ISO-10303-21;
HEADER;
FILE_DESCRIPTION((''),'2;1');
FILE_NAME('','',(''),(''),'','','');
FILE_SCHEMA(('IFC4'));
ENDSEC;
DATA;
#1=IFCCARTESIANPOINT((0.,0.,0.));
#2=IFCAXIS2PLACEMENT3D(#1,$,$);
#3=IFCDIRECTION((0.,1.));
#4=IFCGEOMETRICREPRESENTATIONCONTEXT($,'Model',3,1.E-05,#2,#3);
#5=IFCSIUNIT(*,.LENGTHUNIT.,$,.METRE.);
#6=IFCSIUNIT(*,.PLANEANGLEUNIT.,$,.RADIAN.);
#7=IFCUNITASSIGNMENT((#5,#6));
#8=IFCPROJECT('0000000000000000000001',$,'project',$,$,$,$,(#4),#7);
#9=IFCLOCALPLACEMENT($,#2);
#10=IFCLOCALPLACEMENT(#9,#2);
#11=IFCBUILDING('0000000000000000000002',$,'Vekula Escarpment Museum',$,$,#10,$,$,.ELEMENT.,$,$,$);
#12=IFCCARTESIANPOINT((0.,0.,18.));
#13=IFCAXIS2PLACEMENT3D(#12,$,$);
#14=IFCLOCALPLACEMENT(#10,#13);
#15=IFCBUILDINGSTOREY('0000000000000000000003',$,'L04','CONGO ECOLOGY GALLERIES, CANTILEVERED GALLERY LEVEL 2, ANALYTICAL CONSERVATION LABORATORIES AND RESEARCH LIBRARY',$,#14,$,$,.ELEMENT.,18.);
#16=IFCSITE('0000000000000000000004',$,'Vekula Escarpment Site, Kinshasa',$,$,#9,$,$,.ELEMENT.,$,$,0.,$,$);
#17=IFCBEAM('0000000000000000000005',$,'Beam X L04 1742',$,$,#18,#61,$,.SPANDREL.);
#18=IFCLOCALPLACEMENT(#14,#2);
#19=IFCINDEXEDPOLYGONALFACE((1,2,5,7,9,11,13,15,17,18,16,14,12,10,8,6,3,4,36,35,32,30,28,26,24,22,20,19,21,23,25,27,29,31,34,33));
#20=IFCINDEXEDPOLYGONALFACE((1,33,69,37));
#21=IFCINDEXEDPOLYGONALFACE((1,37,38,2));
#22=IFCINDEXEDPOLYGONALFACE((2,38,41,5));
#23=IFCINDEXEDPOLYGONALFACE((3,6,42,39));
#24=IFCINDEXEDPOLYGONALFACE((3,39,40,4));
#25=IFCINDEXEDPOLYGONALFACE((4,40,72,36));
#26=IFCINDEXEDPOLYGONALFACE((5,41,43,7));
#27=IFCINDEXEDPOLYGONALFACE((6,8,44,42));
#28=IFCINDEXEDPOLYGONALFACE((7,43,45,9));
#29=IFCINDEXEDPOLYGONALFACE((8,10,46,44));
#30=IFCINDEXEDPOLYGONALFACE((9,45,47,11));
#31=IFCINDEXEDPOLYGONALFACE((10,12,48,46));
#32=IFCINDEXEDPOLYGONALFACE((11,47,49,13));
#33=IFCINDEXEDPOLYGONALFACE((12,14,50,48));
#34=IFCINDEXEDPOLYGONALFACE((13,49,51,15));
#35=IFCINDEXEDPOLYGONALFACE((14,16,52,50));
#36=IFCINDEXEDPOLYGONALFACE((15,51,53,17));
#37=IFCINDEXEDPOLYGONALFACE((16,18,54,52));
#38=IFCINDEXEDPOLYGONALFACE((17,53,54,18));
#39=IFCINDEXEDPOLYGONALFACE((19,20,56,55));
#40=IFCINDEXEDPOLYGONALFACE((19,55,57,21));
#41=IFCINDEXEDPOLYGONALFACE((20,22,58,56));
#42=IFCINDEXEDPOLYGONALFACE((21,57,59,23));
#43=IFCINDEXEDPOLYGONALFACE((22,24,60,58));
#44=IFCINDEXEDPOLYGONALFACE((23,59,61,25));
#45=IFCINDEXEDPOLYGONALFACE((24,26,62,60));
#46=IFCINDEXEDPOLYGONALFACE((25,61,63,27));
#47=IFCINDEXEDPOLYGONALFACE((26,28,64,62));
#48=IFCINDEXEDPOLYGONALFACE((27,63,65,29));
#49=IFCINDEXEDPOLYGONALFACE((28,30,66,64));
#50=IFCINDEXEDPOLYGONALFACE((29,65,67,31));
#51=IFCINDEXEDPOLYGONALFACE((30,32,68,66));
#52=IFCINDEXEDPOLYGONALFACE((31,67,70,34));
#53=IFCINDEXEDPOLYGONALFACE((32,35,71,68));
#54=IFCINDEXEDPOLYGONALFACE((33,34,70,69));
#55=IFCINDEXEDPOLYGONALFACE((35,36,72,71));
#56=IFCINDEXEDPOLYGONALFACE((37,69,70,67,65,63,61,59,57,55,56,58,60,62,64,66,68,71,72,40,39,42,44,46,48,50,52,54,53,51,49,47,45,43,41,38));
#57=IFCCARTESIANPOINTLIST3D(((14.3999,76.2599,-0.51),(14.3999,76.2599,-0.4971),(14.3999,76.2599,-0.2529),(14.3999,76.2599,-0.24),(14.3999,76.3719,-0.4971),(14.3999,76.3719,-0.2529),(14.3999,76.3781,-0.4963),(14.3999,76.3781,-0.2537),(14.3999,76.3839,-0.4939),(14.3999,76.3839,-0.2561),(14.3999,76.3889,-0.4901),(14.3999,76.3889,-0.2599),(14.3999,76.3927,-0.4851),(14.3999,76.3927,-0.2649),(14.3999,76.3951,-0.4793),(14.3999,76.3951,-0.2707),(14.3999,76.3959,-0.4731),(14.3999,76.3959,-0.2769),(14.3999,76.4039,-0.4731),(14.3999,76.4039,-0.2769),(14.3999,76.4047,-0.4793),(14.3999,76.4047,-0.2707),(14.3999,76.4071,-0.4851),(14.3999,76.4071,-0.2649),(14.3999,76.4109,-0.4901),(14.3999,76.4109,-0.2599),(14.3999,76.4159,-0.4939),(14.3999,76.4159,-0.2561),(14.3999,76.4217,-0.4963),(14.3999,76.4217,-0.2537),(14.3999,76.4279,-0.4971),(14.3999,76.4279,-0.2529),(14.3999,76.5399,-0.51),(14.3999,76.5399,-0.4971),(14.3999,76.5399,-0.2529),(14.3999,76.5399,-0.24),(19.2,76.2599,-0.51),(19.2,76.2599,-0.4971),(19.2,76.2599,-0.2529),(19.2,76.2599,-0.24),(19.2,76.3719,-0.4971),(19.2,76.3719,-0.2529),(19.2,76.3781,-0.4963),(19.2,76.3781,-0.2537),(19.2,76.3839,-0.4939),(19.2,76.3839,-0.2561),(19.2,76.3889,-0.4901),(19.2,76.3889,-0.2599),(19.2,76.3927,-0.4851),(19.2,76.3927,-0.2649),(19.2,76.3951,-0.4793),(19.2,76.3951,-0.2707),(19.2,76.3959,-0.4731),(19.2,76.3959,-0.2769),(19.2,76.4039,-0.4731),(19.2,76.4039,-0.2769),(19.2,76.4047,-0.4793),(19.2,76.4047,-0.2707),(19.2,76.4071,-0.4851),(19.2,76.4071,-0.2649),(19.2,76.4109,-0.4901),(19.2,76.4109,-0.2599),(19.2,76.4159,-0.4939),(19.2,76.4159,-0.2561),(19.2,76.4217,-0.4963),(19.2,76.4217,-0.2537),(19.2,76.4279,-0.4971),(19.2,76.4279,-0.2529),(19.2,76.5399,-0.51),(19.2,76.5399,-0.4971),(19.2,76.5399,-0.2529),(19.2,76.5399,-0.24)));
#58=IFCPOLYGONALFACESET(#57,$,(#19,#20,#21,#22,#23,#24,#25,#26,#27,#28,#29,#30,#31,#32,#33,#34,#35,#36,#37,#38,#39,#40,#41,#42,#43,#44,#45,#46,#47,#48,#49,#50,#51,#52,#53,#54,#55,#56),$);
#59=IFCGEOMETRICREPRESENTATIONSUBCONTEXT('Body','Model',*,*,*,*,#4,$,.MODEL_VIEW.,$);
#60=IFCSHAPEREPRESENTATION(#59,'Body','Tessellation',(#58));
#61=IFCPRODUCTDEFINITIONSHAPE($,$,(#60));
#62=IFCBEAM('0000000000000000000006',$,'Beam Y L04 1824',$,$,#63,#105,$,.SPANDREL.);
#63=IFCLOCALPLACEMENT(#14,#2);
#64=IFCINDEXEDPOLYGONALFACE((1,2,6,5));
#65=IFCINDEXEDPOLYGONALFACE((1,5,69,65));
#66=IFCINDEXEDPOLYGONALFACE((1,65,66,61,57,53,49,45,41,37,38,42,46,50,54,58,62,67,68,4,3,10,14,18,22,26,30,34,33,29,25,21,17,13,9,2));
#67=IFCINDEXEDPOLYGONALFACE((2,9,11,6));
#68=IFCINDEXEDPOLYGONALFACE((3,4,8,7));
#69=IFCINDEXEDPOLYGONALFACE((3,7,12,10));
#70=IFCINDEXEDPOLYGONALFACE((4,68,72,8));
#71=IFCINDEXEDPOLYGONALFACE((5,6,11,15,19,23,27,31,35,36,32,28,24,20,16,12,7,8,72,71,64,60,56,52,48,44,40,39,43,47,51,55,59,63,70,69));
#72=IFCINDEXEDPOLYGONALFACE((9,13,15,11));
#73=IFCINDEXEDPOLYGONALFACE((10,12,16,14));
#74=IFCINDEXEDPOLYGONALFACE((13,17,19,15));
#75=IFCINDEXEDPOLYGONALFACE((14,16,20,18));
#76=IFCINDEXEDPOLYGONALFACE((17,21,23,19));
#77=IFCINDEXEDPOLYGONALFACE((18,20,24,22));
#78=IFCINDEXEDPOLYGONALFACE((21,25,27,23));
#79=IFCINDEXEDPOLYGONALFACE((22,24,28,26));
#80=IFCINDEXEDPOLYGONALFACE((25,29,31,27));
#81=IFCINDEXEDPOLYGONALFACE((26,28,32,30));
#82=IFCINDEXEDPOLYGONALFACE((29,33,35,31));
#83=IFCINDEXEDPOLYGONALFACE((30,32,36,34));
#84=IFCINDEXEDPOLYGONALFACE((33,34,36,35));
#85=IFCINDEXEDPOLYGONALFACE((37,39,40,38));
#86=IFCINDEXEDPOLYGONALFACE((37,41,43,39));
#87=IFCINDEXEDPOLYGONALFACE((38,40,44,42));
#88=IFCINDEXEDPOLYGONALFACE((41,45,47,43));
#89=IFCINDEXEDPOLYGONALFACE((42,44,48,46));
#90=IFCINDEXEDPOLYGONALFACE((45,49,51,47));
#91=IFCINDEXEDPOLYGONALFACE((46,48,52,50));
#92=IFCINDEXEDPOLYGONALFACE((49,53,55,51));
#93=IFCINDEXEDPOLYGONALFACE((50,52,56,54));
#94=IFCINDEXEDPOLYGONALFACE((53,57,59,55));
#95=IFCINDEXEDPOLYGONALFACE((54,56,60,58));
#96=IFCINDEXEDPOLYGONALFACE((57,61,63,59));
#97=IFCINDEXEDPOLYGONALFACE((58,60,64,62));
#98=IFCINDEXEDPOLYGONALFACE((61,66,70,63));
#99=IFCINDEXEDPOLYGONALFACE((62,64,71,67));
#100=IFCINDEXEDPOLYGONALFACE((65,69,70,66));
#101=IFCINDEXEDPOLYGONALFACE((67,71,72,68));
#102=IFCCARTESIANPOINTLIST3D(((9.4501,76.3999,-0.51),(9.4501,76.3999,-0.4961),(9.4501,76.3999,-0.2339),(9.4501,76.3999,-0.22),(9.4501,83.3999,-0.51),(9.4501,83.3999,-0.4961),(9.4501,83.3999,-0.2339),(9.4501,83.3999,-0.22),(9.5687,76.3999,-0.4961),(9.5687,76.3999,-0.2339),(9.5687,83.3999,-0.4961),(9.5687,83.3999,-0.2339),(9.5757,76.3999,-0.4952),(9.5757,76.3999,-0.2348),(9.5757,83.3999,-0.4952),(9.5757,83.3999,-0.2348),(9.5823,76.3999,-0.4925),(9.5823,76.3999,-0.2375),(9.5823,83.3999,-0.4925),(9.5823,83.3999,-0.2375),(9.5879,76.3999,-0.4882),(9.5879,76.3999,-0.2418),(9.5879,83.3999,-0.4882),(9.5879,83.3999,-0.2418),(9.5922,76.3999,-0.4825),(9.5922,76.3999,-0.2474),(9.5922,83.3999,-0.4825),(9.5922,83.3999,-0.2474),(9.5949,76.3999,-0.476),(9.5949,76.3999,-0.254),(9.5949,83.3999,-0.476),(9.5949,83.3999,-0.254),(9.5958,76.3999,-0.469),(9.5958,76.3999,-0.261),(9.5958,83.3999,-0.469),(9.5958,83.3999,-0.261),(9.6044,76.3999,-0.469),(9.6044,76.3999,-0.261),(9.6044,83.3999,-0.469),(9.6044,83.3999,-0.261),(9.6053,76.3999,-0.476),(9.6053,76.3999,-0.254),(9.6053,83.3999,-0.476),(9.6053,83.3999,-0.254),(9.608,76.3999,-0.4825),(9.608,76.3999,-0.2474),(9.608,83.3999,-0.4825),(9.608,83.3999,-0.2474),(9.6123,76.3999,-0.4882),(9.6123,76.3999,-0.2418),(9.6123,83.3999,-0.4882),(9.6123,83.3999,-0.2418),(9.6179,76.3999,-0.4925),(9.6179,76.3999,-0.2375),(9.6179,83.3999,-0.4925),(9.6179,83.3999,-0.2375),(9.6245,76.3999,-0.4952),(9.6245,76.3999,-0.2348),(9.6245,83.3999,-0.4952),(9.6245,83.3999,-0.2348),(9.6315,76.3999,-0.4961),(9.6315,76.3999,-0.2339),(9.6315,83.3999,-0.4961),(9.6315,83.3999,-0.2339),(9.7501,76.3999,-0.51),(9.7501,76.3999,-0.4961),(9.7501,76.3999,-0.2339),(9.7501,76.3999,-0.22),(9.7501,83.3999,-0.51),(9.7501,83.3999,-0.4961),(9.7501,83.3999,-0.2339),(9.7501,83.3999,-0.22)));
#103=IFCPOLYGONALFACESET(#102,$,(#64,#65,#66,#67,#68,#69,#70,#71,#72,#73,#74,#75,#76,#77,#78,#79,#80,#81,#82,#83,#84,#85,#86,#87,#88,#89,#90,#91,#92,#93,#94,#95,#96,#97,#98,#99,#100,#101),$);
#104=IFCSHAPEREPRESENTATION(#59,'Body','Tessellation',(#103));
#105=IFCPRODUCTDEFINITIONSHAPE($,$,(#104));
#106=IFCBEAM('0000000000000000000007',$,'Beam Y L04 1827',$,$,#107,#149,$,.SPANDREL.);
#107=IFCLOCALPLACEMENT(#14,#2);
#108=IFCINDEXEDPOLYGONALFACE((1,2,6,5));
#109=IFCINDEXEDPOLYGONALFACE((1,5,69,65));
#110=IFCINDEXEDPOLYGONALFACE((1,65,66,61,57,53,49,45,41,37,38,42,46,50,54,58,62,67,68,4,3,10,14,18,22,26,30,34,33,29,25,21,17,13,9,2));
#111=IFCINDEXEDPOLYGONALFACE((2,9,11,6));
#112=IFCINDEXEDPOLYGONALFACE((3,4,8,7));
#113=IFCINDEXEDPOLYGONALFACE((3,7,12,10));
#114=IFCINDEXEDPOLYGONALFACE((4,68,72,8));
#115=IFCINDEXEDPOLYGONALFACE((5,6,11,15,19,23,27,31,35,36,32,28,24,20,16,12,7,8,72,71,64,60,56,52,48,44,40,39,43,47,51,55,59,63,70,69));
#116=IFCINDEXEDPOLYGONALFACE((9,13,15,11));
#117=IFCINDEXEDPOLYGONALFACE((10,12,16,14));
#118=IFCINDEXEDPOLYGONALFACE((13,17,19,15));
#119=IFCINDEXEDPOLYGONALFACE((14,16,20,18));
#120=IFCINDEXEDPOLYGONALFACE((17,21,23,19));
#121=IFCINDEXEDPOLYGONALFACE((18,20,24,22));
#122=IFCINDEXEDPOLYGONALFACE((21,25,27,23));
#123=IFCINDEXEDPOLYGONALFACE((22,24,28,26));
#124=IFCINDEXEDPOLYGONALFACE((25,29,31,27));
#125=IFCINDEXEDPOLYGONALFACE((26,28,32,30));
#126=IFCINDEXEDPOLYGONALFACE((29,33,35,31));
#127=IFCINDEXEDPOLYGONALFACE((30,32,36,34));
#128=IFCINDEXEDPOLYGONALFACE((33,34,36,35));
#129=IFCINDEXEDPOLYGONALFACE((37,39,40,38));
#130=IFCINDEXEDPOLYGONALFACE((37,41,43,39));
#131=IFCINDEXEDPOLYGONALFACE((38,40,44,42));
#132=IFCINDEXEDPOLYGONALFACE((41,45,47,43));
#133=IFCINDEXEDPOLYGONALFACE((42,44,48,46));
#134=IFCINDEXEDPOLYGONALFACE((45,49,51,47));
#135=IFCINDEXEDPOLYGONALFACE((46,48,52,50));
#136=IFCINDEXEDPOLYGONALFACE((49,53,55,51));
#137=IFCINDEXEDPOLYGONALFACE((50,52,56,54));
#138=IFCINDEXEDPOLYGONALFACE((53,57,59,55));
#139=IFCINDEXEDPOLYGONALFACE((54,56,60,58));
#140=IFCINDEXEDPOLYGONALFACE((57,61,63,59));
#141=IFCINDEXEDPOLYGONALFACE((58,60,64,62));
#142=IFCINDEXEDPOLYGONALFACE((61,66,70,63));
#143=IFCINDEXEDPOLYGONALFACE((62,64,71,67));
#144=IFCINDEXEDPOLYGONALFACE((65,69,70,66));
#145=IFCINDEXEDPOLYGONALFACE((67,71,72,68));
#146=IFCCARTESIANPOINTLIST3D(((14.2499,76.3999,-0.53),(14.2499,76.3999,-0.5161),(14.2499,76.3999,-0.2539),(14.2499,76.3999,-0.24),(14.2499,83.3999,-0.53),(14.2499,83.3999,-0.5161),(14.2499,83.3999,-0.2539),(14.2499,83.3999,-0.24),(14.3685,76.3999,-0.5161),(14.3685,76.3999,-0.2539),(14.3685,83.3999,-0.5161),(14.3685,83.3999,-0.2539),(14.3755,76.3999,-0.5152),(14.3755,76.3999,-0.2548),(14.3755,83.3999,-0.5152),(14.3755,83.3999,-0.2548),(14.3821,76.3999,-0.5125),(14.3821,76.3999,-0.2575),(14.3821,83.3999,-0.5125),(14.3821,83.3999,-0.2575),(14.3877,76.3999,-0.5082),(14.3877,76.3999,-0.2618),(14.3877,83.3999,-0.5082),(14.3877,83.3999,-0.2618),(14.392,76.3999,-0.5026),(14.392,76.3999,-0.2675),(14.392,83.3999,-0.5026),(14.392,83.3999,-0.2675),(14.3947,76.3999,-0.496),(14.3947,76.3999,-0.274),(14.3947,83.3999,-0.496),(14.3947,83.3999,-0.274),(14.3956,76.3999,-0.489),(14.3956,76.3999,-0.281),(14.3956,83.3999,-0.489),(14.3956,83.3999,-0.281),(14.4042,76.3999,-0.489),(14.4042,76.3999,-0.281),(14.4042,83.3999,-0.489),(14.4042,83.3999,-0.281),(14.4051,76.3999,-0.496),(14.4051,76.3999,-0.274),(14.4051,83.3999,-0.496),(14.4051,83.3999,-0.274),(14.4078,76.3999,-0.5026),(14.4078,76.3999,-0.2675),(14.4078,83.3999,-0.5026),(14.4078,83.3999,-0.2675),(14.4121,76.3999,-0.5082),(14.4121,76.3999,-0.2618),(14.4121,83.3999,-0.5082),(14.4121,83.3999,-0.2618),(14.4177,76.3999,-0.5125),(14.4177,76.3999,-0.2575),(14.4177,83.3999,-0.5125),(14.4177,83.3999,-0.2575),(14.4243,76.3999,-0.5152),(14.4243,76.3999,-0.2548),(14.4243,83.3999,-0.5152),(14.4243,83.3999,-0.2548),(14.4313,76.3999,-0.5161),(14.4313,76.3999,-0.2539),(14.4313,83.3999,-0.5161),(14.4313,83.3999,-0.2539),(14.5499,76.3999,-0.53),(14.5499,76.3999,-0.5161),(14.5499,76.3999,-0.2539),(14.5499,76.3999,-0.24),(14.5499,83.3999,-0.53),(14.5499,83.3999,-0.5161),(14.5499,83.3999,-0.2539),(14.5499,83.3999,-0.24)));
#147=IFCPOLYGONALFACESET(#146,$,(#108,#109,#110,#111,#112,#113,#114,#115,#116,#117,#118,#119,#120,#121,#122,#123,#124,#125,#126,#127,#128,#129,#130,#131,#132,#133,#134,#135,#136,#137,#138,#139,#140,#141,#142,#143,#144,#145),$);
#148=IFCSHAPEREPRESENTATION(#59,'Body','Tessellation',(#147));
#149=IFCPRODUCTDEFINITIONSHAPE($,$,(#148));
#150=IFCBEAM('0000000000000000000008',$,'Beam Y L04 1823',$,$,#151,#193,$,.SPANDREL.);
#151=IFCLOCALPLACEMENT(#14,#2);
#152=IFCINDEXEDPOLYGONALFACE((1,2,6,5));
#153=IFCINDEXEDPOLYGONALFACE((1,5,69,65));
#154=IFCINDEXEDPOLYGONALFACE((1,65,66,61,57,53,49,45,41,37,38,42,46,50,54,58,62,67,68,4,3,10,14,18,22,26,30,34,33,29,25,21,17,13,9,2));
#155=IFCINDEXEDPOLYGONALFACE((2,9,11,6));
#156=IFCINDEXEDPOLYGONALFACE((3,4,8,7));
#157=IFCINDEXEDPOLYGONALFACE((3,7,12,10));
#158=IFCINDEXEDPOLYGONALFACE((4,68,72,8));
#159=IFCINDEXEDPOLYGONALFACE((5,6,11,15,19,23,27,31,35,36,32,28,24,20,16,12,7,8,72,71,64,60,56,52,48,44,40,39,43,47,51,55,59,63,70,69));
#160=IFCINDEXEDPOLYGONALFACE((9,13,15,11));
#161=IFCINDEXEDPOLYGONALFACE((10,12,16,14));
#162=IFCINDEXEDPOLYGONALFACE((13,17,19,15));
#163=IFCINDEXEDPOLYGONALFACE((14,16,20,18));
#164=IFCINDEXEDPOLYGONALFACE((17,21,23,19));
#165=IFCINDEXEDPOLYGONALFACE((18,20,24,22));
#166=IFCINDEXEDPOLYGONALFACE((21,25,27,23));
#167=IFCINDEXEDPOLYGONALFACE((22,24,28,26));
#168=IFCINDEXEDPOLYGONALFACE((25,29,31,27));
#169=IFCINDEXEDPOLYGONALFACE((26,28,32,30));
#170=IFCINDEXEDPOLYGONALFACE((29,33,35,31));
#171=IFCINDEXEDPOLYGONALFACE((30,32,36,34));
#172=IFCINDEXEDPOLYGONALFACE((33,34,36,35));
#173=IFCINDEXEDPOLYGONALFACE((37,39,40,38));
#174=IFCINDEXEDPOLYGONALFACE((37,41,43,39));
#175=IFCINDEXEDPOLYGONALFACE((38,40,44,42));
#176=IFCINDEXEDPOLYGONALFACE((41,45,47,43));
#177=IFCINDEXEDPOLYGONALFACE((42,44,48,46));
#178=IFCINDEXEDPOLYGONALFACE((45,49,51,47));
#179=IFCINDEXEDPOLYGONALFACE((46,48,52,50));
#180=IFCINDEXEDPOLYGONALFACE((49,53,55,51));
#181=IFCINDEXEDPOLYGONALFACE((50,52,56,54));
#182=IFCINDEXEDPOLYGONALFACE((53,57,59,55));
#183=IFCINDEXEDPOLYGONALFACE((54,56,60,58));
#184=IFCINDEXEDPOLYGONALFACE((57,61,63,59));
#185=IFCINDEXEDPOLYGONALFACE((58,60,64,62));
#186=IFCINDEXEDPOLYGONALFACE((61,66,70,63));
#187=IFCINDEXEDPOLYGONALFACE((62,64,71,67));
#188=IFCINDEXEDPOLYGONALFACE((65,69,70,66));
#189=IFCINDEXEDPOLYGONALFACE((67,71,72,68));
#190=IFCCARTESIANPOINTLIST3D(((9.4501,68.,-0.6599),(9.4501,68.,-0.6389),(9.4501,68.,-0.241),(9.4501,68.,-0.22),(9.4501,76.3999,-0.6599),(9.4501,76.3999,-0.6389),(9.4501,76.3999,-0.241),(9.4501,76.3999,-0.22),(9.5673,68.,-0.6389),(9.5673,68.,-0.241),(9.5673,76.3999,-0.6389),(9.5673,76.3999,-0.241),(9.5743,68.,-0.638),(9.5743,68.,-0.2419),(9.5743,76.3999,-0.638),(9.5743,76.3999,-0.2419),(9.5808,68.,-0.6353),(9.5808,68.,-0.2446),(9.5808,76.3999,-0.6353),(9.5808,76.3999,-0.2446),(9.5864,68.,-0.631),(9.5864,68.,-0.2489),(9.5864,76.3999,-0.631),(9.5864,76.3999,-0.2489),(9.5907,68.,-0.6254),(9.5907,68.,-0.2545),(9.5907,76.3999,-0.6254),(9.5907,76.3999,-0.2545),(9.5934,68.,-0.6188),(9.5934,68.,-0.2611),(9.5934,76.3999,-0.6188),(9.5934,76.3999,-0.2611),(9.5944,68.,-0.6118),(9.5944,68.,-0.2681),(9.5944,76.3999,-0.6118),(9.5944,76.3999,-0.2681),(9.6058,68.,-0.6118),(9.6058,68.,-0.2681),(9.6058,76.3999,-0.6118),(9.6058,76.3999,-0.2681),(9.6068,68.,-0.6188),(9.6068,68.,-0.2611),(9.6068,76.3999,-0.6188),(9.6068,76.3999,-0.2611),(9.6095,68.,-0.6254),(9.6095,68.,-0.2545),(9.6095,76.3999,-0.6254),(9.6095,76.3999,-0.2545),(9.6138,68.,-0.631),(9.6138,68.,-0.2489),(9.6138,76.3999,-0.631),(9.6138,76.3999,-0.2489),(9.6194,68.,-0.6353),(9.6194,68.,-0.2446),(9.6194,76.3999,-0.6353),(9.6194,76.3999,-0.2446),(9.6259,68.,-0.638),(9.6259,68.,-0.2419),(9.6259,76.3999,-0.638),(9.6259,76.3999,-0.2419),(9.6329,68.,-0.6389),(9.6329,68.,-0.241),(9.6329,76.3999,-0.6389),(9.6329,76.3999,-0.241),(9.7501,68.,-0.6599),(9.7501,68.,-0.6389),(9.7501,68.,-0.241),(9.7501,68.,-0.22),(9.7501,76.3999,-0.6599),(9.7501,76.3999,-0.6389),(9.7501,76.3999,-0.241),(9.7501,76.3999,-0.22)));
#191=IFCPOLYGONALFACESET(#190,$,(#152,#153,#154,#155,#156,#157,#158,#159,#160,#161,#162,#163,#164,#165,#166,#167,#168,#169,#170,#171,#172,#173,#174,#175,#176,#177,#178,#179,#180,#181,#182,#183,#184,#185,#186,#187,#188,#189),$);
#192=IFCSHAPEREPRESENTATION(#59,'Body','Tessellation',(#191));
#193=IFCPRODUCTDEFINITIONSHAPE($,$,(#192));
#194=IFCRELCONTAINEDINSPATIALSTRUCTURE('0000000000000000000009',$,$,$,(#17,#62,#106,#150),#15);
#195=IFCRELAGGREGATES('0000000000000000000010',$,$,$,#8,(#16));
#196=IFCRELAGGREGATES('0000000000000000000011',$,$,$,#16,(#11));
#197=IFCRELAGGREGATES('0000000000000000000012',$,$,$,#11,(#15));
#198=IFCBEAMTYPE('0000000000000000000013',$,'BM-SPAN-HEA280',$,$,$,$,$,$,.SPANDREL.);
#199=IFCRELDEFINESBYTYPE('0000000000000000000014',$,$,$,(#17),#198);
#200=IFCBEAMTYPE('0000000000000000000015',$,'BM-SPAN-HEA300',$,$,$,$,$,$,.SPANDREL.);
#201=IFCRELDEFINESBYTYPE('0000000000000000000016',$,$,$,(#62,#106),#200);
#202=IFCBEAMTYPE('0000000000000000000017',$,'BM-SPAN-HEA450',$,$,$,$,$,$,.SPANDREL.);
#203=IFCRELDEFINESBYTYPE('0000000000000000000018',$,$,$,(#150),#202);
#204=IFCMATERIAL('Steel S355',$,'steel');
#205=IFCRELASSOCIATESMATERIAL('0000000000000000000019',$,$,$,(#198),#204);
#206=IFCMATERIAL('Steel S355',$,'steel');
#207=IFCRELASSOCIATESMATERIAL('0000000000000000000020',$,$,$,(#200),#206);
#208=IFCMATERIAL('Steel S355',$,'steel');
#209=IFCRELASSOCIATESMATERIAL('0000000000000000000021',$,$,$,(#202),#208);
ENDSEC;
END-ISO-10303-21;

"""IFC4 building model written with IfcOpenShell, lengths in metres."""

from ifc_helpers import new_model, si_unit, direction, frame, origin, origin_2d, place, context, subcontext, project, spatial, i_section, extrude, material, material_profile, profile_set, type_object, element, save


model = new_model("IFC4")

# Units and contexts
model_context = context("Model", 3, precision=1e-05, world=origin(), true_north=direction((0.0, 1.0)))
body_context = subcontext(model_context, "Body", "Model", "MODEL_VIEW")
ifc_project = project(units=[si_unit("LENGTHUNIT", "METRE"), si_unit("PLANEANGLEUNIT", "RADIAN")], contexts=[model_context])

# Site, building, storey
site_placement = place(None, origin())
site = spatial("IfcSite", under=ifc_project, at=site_placement, Name="Vekula Escarpment Site, Kinshasa", CompositionType="ELEMENT", RefElevation=0.0)
building_placement = place(site_placement, origin())
building = spatial("IfcBuilding", under=site, at=building_placement, Name="Vekula Escarpment Museum", CompositionType="ELEMENT")
storey_placement = place(building_placement, frame((0.0, 0.0, 18.0)))
storey = spatial("IfcBuildingStorey", under=building, at=storey_placement, Name="L04", Description="CONGO ECOLOGY GALLERIES, CANTILEVERED GALLERY LEVEL 2, ANALYTICAL CONSERVATION LABORATORIES AND RESEARCH LIBRARY", CompositionType="ELEMENT", Elevation=18.0)

# Beams
ifc_material_1 = material(Name="Steel S355", Category="steel")
ifc_material_profile_1 = material_profile(ifc_material_1, i_section(OverallWidth=0.28, OverallDepth=0.27, WebThickness=0.0081, FlangeThickness=0.0129, FilletRadius=0.0239, at=origin_2d()), Name="HEA 280")
ifc_profile_set_1 = profile_set([ifc_material_profile_1], Name="Steel S355")
beam_type_1 = type_object("IfcBeamType", Name="BM-SPAN-HEA280", PredefinedType="SPANDREL", material=ifc_profile_set_1)
beam_1_placement = place(storey_placement, frame((14.3999, 76.3999, -0.375), z_axis=(1.0, 0.0, 0.0), x_axis=(0.0, 1.0, 0.0)))
element("IfcBeam", 1, at=beam_1_placement, inside=storey, type_object=beam_type_1, Name="Beam X L04 1742", PredefinedType="SPANDREL", context=body_context, shape_type="SweptSolid", body=[
    extrude(i_section(OverallWidth=0.28, OverallDepth=0.27, WebThickness=0.0081, FlangeThickness=0.0129, FilletRadius=0.0239, at=origin_2d()), origin(), (0.0, 0.0, 1.0), 4.8),
])
ifc_material_2 = material(Name="Steel S355", Category="steel")
ifc_material_profile_2 = material_profile(ifc_material_2, i_section(OverallWidth=0.3, OverallDepth=0.29, WebThickness=0.0085, FlangeThickness=0.0139, FilletRadius=0.0271, at=origin_2d()), Name="HEA 300")
ifc_profile_set_2 = profile_set([ifc_material_profile_2], Name="Steel S355")
beam_type_2 = type_object("IfcBeamType", Name="BM-SPAN-HEA300", PredefinedType="SPANDREL", material=ifc_profile_set_2)
for number, where, z_axis, x_axis, name in (
    (2, (9.6001, 76.3999, -0.365), (0.0, 1.0, 0.0), (-1.0, 0.0, 0.0), "Beam Y L04 1824"),
    (3, (14.3999, 76.3999, -0.385), (0.0, 1.0, 0.0), (-1.0, 0.0, 0.0), "Beam Y L04 1827"),
):
    element("IfcBeam", number, at=place(storey_placement, frame(where, z_axis=z_axis, x_axis=x_axis)), inside=storey, type_object=beam_type_2, Name=name, PredefinedType="SPANDREL", context=body_context, shape_type="SweptSolid", body=[
        extrude(i_section(OverallWidth=0.3, OverallDepth=0.29, WebThickness=0.0085, FlangeThickness=0.0139, FilletRadius=0.0271, at=origin_2d()), origin(), (0.0, 0.0, 1.0), 7.0),
    ])
ifc_material_3 = material(Name="Steel S355", Category="steel")
ifc_material_profile_3 = material_profile(ifc_material_3, i_section(OverallWidth=0.3, OverallDepth=0.4399, WebThickness=0.0115, FlangeThickness=0.021, FilletRadius=0.0271, at=origin_2d()), Name="HEA 450")
ifc_profile_set_3 = profile_set([ifc_material_profile_3], Name="Steel S355")
beam_type_3 = type_object("IfcBeamType", Name="BM-SPAN-HEA450", PredefinedType="SPANDREL", material=ifc_profile_set_3)
for number, where, z_axis, x_axis, name in (
    (4, (9.6001, 68.0, -0.4399), (0.0, 1.0, 0.0), (-1.0, 0.0, 0.0), "Beam Y L04 1823"),
):
    element("IfcBeam", number, at=place(storey_placement, frame(where, z_axis=z_axis, x_axis=x_axis)), inside=storey, type_object=beam_type_3, Name=name, PredefinedType="SPANDREL", context=body_context, shape_type="SweptSolid", body=[
        extrude(i_section(OverallWidth=0.3, OverallDepth=0.4399, WebThickness=0.0115, FlangeThickness=0.021, FilletRadius=0.0271, at=origin_2d()), origin(), (0.0, 0.0, 1.0), 8.3999),
    ])

save(model, "model.ifc")
